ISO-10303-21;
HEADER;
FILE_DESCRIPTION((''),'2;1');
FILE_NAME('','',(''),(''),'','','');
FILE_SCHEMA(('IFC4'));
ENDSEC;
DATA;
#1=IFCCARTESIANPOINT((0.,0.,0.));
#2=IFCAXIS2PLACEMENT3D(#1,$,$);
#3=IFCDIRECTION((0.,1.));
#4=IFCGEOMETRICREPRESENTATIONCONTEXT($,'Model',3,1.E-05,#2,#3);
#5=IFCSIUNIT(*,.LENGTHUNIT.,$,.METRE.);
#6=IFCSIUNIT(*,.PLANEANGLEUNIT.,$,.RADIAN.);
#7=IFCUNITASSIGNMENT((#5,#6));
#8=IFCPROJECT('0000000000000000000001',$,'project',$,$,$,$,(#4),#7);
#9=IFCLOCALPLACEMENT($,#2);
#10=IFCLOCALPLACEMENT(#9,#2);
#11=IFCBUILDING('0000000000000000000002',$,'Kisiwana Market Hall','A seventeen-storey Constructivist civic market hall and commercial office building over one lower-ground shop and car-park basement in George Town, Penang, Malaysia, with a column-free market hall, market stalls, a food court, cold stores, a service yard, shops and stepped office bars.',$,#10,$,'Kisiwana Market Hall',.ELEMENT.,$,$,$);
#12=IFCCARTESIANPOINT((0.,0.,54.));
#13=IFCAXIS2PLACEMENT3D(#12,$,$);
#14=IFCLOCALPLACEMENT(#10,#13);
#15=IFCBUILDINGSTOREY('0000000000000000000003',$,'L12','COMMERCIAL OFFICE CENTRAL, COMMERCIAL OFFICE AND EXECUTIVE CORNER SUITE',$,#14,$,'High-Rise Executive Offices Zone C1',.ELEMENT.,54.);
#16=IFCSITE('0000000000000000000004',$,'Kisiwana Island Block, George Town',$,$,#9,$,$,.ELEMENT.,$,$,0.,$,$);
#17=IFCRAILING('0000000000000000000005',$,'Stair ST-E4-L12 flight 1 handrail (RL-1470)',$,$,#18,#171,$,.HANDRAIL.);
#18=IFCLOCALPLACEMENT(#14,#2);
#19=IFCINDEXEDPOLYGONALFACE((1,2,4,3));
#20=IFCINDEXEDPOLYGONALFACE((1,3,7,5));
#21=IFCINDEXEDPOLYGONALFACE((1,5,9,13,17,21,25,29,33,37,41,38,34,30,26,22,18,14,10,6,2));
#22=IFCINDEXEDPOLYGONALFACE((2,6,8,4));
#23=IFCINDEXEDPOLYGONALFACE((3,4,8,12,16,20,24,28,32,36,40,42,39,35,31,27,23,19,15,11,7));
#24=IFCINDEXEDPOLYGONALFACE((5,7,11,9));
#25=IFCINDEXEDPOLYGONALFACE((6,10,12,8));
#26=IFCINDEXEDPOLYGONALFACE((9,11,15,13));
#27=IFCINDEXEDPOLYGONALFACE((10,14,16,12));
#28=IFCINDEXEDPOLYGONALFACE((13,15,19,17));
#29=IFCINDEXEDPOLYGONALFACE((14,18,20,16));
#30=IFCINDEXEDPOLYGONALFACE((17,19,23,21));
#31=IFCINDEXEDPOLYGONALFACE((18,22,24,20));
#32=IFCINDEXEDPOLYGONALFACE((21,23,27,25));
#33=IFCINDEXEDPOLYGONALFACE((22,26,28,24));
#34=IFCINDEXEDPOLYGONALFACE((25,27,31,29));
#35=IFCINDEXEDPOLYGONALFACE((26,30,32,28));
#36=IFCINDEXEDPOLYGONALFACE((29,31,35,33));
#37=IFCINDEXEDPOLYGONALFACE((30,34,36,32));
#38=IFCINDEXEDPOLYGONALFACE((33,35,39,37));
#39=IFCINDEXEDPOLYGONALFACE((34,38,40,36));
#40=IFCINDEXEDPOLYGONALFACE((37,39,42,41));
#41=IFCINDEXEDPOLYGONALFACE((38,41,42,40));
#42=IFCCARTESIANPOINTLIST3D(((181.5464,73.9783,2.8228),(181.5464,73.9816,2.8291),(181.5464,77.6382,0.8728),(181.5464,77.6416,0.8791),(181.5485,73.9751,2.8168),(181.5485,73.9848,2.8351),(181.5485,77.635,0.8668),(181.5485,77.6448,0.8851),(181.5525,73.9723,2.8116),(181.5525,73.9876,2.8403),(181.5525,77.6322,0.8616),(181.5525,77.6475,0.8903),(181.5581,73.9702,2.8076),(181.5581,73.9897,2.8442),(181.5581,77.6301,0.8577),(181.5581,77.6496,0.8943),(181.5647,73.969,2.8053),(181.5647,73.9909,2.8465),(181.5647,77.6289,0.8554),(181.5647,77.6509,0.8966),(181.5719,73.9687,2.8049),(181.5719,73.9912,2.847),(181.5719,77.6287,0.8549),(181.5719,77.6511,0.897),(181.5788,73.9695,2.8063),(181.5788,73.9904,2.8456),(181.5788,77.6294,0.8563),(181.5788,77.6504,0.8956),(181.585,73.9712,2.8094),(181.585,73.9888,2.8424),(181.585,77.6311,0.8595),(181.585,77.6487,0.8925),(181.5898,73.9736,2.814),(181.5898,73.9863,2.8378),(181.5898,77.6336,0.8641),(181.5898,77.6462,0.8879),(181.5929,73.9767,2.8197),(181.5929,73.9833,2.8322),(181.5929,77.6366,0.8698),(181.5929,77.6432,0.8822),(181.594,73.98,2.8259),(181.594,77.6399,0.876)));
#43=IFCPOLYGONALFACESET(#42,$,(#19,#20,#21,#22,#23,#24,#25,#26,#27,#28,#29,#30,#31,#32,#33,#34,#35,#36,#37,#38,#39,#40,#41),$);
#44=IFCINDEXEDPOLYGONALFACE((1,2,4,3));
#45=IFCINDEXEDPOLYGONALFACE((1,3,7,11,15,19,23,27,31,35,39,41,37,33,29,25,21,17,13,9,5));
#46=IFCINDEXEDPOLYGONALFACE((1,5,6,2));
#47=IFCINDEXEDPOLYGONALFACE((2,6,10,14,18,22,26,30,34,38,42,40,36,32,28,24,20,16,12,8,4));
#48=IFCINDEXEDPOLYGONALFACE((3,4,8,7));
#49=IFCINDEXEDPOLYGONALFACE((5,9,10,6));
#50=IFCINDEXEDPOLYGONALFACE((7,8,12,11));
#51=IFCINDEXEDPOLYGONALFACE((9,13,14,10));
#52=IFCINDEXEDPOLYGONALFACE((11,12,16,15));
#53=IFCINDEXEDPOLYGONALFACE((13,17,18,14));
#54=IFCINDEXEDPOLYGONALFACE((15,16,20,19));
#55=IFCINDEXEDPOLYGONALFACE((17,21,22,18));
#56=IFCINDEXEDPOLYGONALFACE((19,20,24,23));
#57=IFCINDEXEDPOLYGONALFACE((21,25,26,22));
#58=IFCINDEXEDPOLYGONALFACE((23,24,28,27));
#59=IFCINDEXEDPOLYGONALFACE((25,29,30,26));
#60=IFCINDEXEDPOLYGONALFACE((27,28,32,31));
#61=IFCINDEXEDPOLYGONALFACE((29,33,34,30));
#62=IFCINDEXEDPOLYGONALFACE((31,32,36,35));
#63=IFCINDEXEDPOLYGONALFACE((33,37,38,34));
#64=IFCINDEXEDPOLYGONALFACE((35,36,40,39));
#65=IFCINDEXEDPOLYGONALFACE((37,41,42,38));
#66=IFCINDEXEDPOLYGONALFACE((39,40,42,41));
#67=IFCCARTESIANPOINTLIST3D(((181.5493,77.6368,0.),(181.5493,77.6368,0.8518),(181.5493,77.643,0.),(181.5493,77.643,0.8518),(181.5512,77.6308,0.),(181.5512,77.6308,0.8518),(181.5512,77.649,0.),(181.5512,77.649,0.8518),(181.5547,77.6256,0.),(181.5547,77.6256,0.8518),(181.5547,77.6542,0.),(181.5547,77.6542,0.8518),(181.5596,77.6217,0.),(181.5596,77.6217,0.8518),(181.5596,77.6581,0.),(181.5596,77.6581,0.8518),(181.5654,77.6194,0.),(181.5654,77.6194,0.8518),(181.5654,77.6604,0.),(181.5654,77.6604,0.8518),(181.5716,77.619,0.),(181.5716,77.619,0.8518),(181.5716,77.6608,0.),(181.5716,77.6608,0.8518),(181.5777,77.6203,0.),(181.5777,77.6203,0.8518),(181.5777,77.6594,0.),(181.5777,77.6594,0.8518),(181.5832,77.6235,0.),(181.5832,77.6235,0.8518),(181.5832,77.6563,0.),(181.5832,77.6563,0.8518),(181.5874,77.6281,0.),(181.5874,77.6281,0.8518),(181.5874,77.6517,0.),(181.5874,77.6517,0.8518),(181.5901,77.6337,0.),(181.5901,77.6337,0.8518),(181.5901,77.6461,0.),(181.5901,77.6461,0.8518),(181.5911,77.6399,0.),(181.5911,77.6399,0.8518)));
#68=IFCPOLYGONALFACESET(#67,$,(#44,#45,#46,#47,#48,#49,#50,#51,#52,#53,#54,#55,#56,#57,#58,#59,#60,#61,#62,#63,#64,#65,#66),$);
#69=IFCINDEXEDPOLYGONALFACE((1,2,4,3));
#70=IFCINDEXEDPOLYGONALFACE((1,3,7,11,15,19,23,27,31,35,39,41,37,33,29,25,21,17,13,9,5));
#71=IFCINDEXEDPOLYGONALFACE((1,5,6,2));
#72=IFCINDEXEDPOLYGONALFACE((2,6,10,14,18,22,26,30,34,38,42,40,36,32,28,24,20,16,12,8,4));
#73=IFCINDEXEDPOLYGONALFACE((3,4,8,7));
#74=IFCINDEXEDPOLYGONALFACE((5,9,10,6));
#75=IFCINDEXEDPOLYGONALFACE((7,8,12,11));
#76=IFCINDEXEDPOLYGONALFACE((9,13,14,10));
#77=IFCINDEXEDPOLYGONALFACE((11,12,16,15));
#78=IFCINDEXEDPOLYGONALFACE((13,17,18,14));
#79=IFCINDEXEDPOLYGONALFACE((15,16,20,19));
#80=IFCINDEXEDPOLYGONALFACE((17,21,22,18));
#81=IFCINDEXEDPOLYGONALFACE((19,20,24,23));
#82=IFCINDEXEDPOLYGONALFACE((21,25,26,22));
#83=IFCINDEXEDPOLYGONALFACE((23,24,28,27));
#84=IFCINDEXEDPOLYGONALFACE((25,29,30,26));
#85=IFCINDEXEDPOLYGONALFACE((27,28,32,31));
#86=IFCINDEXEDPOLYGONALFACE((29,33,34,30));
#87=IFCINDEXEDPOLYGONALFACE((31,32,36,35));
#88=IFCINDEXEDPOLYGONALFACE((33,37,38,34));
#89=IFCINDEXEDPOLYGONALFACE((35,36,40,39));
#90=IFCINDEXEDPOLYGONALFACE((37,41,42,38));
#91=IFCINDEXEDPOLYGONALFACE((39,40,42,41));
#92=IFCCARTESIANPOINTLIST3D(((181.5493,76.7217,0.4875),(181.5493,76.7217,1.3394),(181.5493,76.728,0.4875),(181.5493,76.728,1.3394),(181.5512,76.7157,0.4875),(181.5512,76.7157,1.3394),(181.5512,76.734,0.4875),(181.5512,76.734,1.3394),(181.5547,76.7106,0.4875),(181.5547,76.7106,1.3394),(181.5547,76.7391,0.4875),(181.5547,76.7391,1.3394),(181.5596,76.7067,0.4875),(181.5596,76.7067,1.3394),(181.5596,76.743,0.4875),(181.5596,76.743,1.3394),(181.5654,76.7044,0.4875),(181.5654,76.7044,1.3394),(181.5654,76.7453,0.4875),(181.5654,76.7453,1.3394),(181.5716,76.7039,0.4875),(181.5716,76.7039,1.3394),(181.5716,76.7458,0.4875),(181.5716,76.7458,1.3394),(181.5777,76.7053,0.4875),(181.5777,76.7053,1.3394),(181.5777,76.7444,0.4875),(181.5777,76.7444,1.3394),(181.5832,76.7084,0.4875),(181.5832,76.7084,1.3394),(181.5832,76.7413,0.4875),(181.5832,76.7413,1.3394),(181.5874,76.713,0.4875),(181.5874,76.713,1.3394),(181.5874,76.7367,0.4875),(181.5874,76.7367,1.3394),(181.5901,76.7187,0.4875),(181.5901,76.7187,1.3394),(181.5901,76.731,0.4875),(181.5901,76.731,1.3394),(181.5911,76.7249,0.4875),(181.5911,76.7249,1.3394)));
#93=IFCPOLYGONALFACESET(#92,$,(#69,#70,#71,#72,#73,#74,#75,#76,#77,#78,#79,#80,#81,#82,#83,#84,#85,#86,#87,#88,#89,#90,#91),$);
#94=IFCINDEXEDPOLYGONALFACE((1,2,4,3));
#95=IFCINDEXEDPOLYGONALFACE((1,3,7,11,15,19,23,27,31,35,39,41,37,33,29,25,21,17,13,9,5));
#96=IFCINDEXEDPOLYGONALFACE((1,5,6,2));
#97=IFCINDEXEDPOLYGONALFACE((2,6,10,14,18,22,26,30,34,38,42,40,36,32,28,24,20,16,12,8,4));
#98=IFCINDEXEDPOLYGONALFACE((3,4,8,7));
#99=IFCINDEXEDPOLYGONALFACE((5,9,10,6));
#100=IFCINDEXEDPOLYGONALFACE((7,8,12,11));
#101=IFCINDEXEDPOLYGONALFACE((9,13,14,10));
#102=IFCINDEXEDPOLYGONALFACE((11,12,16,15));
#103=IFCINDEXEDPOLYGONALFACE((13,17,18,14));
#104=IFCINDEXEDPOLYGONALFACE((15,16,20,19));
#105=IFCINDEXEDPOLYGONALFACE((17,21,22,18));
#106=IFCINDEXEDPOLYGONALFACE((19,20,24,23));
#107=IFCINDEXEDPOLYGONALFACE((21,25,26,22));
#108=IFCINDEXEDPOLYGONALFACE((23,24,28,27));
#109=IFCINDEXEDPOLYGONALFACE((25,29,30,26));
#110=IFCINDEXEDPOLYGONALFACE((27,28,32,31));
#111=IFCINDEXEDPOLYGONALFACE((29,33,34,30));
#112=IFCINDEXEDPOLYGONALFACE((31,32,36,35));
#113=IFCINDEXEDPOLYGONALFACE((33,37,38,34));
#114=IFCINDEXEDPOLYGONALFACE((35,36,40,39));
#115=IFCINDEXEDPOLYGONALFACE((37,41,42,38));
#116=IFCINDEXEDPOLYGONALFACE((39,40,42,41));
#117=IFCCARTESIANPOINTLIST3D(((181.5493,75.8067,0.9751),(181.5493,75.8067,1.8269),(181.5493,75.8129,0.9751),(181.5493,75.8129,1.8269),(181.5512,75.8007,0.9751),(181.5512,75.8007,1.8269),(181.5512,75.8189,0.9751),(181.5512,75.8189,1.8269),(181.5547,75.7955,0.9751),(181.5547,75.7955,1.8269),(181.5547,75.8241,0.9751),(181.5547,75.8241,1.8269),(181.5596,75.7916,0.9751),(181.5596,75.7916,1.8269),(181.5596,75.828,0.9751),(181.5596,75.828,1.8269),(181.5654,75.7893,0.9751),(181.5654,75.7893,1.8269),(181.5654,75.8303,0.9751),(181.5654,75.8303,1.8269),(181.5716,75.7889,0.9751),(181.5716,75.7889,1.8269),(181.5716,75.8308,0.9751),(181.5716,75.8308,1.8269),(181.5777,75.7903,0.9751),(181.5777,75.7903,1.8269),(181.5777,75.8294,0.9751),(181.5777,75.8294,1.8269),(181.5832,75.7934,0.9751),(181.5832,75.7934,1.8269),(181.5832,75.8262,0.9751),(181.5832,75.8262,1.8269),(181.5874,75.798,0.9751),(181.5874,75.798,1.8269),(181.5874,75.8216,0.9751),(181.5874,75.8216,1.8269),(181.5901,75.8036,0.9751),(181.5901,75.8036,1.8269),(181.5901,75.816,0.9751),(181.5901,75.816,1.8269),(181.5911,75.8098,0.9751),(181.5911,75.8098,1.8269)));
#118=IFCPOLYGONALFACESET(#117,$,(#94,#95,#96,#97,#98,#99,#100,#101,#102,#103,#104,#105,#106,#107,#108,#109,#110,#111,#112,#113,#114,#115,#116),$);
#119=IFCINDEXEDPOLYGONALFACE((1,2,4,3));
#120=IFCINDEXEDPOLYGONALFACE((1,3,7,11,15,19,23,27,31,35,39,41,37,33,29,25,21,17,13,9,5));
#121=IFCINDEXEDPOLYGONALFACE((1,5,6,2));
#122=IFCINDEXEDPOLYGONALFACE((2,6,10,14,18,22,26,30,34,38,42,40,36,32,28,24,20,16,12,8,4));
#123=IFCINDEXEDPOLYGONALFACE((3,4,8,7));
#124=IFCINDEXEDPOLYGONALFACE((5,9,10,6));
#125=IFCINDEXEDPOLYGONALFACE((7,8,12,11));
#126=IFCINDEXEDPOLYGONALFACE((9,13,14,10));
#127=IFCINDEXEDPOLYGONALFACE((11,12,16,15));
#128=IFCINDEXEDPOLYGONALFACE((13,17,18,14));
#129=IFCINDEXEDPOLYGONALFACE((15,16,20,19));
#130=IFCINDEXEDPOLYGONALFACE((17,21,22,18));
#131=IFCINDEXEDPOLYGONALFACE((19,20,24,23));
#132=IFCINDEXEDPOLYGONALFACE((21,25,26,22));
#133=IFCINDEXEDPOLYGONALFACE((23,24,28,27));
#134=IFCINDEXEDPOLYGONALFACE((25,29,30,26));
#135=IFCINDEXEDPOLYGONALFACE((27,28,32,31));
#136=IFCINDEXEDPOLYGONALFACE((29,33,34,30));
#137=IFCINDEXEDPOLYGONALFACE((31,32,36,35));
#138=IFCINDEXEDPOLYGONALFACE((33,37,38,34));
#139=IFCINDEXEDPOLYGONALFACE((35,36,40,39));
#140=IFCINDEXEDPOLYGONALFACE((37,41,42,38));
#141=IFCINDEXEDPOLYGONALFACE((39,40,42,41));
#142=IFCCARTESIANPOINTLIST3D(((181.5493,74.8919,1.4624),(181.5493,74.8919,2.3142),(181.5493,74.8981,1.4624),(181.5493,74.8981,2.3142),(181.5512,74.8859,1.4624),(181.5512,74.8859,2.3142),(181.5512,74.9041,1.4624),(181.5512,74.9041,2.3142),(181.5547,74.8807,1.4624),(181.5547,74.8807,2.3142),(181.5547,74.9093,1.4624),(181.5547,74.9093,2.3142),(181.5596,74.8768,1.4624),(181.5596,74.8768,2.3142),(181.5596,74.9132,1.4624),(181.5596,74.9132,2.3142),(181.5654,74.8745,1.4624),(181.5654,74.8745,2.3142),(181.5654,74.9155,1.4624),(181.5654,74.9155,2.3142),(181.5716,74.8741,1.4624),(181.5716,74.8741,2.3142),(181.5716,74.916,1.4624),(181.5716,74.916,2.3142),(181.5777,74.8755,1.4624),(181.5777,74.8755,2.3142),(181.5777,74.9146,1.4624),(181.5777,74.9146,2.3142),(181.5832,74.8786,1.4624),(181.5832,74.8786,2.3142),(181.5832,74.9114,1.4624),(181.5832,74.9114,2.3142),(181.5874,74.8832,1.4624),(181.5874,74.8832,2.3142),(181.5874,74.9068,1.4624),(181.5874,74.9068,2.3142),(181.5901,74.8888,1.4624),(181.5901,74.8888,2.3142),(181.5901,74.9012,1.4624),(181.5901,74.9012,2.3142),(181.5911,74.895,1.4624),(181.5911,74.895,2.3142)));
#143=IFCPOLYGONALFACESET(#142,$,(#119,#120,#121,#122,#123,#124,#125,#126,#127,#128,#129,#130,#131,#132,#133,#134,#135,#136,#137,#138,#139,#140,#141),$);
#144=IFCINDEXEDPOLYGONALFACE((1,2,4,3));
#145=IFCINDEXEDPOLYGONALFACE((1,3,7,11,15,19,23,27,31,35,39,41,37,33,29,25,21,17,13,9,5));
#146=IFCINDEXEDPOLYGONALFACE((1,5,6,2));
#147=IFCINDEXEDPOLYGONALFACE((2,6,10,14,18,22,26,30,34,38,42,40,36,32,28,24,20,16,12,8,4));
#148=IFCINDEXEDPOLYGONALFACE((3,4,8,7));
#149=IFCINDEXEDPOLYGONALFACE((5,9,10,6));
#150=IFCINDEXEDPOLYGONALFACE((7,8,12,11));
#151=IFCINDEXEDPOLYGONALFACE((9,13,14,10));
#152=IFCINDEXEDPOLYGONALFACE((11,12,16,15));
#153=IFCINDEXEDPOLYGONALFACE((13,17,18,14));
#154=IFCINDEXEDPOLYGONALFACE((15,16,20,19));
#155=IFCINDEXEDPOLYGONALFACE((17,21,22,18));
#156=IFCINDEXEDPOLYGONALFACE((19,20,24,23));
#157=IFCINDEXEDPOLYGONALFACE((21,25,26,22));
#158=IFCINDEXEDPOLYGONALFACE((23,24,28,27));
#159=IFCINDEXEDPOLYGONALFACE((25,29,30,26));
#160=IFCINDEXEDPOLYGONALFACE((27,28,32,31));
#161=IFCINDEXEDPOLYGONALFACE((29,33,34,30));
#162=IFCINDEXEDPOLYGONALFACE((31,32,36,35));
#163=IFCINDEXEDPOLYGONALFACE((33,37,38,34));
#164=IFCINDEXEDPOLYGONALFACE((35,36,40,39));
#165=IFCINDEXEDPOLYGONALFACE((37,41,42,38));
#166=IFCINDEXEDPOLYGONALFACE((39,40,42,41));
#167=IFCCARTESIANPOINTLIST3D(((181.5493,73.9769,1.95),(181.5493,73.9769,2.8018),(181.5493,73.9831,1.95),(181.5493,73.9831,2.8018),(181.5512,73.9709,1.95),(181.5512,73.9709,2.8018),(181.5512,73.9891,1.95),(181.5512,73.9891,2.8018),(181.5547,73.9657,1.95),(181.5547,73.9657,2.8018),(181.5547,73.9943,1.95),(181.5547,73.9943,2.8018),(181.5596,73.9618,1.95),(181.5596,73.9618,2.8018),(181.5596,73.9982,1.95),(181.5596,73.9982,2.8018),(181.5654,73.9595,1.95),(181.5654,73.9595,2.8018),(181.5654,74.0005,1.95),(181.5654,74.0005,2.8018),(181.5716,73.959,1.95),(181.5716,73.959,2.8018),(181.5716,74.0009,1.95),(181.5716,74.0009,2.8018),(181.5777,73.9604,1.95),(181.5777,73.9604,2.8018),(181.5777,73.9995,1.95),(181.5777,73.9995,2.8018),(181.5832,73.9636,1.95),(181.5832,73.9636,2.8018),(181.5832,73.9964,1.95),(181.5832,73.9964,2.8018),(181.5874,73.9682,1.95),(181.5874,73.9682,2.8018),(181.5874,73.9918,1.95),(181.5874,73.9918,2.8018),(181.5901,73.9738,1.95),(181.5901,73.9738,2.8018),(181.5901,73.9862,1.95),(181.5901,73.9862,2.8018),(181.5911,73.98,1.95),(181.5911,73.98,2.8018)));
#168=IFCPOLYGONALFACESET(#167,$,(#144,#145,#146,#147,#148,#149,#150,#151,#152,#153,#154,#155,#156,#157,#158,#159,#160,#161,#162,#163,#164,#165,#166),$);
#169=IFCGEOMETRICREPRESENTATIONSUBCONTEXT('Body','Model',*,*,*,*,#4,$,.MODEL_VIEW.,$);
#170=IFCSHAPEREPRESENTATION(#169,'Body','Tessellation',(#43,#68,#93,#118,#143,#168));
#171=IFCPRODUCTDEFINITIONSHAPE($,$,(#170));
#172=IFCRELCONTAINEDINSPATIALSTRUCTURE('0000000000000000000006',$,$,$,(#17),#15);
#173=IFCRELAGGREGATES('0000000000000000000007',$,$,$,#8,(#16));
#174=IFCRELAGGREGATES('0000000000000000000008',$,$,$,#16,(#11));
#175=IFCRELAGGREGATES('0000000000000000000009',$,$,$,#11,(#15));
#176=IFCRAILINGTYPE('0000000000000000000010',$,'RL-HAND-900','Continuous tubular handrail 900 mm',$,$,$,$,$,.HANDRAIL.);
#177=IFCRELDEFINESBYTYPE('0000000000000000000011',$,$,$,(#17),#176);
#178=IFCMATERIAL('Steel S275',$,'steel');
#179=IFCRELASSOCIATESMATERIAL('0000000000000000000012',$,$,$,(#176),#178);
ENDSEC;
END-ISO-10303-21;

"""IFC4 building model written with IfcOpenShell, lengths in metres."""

from ifc_helpers import new_model, si_unit, direction, frame, origin, origin_2d, place, context, subcontext, project, spatial, circle, extrude, material, type_object, element, save


model = new_model("IFC4")

# Units and contexts
model_context = context("Model", 3, precision=1e-05, world=origin(), true_north=direction((0.0, 1.0)))
body_context = subcontext(model_context, "Body", "Model", "MODEL_VIEW")
ifc_project = project(units=[si_unit("LENGTHUNIT", "METRE"), si_unit("PLANEANGLEUNIT", "RADIAN")], contexts=[model_context])

# Site, building, storey
site_placement = place(None, origin())
site = spatial("IfcSite", under=ifc_project, at=site_placement, Name="Kisiwana Island Block, George Town", CompositionType="ELEMENT", RefElevation=0.0)
building_placement = place(site_placement, origin())
building = spatial("IfcBuilding", under=site, at=building_placement, Name="Kisiwana Market Hall", Description="A seventeen-storey Constructivist civic market hall and commercial office building over one lower-ground shop and car-park basement in George Town, Penang, Malaysia, with a column-free market hall, market stalls, a food court, cold stores, a service yard, shops and stepped office bars.", LongName="Kisiwana Market Hall", CompositionType="ELEMENT")
storey_placement = place(building_placement, frame((0.0, 0.0, 54.0)))
storey = spatial("IfcBuildingStorey", under=building, at=storey_placement, Name="L12", Description="COMMERCIAL OFFICE CENTRAL, COMMERCIAL OFFICE AND EXECUTIVE CORNER SUITE", LongName="High-Rise Executive Offices Zone C1", CompositionType="ELEMENT", Elevation=54.0)

# Railing
ifc_material_1 = material(Name="Steel S275", Category="steel")
railing_type_1 = type_object("IfcRailingType", Name="RL-HAND-900", Description="Continuous tubular handrail 900 mm", PredefinedType="HANDRAIL", material=ifc_material_1)
railing_1_placement = place(storey_placement, frame((181.5701, 77.6399, 0.0)))
element("IfcRailing", 1, at=railing_1_placement, inside=storey, type_object=railing_type_1, Name="Stair ST-E4-L12 flight 1 handrail (RL-1470)", PredefinedType="HANDRAIL", context=body_context, shape_type="SweptSolid", body=[
    extrude(circle(Radius=0.0239, at=origin_2d()), frame((0.0, 0.0, 0.876), z_axis=(0.0, -0.882553, 0.470212), x_axis=(1.0, 0.0, 0.0)), (0.0, 0.0, 1.0), 4.147),
    extrude(circle(Radius=0.021, at=origin_2d()), origin(), (0.0, 0.0, 1.0), 0.8518),
    extrude(circle(Radius=0.021, at=origin_2d()), frame((0.0, -0.915, 0.4875)), (0.0, 0.0, 1.0), 0.8518),
    extrude(circle(Radius=0.021, at=origin_2d()), frame((0.0, -1.8301, 0.9751)), (0.0, 0.0, 1.0), 0.8518),
    extrude(circle(Radius=0.021, at=origin_2d()), frame((0.0, -2.7449, 1.4624)), (0.0, 0.0, 1.0), 0.8518),
    extrude(circle(Radius=0.021, at=origin_2d()), frame((0.0, -3.6599, 1.95)), (0.0, 0.0, 1.0), 0.8518),
])

save(model, "model.ifc")
